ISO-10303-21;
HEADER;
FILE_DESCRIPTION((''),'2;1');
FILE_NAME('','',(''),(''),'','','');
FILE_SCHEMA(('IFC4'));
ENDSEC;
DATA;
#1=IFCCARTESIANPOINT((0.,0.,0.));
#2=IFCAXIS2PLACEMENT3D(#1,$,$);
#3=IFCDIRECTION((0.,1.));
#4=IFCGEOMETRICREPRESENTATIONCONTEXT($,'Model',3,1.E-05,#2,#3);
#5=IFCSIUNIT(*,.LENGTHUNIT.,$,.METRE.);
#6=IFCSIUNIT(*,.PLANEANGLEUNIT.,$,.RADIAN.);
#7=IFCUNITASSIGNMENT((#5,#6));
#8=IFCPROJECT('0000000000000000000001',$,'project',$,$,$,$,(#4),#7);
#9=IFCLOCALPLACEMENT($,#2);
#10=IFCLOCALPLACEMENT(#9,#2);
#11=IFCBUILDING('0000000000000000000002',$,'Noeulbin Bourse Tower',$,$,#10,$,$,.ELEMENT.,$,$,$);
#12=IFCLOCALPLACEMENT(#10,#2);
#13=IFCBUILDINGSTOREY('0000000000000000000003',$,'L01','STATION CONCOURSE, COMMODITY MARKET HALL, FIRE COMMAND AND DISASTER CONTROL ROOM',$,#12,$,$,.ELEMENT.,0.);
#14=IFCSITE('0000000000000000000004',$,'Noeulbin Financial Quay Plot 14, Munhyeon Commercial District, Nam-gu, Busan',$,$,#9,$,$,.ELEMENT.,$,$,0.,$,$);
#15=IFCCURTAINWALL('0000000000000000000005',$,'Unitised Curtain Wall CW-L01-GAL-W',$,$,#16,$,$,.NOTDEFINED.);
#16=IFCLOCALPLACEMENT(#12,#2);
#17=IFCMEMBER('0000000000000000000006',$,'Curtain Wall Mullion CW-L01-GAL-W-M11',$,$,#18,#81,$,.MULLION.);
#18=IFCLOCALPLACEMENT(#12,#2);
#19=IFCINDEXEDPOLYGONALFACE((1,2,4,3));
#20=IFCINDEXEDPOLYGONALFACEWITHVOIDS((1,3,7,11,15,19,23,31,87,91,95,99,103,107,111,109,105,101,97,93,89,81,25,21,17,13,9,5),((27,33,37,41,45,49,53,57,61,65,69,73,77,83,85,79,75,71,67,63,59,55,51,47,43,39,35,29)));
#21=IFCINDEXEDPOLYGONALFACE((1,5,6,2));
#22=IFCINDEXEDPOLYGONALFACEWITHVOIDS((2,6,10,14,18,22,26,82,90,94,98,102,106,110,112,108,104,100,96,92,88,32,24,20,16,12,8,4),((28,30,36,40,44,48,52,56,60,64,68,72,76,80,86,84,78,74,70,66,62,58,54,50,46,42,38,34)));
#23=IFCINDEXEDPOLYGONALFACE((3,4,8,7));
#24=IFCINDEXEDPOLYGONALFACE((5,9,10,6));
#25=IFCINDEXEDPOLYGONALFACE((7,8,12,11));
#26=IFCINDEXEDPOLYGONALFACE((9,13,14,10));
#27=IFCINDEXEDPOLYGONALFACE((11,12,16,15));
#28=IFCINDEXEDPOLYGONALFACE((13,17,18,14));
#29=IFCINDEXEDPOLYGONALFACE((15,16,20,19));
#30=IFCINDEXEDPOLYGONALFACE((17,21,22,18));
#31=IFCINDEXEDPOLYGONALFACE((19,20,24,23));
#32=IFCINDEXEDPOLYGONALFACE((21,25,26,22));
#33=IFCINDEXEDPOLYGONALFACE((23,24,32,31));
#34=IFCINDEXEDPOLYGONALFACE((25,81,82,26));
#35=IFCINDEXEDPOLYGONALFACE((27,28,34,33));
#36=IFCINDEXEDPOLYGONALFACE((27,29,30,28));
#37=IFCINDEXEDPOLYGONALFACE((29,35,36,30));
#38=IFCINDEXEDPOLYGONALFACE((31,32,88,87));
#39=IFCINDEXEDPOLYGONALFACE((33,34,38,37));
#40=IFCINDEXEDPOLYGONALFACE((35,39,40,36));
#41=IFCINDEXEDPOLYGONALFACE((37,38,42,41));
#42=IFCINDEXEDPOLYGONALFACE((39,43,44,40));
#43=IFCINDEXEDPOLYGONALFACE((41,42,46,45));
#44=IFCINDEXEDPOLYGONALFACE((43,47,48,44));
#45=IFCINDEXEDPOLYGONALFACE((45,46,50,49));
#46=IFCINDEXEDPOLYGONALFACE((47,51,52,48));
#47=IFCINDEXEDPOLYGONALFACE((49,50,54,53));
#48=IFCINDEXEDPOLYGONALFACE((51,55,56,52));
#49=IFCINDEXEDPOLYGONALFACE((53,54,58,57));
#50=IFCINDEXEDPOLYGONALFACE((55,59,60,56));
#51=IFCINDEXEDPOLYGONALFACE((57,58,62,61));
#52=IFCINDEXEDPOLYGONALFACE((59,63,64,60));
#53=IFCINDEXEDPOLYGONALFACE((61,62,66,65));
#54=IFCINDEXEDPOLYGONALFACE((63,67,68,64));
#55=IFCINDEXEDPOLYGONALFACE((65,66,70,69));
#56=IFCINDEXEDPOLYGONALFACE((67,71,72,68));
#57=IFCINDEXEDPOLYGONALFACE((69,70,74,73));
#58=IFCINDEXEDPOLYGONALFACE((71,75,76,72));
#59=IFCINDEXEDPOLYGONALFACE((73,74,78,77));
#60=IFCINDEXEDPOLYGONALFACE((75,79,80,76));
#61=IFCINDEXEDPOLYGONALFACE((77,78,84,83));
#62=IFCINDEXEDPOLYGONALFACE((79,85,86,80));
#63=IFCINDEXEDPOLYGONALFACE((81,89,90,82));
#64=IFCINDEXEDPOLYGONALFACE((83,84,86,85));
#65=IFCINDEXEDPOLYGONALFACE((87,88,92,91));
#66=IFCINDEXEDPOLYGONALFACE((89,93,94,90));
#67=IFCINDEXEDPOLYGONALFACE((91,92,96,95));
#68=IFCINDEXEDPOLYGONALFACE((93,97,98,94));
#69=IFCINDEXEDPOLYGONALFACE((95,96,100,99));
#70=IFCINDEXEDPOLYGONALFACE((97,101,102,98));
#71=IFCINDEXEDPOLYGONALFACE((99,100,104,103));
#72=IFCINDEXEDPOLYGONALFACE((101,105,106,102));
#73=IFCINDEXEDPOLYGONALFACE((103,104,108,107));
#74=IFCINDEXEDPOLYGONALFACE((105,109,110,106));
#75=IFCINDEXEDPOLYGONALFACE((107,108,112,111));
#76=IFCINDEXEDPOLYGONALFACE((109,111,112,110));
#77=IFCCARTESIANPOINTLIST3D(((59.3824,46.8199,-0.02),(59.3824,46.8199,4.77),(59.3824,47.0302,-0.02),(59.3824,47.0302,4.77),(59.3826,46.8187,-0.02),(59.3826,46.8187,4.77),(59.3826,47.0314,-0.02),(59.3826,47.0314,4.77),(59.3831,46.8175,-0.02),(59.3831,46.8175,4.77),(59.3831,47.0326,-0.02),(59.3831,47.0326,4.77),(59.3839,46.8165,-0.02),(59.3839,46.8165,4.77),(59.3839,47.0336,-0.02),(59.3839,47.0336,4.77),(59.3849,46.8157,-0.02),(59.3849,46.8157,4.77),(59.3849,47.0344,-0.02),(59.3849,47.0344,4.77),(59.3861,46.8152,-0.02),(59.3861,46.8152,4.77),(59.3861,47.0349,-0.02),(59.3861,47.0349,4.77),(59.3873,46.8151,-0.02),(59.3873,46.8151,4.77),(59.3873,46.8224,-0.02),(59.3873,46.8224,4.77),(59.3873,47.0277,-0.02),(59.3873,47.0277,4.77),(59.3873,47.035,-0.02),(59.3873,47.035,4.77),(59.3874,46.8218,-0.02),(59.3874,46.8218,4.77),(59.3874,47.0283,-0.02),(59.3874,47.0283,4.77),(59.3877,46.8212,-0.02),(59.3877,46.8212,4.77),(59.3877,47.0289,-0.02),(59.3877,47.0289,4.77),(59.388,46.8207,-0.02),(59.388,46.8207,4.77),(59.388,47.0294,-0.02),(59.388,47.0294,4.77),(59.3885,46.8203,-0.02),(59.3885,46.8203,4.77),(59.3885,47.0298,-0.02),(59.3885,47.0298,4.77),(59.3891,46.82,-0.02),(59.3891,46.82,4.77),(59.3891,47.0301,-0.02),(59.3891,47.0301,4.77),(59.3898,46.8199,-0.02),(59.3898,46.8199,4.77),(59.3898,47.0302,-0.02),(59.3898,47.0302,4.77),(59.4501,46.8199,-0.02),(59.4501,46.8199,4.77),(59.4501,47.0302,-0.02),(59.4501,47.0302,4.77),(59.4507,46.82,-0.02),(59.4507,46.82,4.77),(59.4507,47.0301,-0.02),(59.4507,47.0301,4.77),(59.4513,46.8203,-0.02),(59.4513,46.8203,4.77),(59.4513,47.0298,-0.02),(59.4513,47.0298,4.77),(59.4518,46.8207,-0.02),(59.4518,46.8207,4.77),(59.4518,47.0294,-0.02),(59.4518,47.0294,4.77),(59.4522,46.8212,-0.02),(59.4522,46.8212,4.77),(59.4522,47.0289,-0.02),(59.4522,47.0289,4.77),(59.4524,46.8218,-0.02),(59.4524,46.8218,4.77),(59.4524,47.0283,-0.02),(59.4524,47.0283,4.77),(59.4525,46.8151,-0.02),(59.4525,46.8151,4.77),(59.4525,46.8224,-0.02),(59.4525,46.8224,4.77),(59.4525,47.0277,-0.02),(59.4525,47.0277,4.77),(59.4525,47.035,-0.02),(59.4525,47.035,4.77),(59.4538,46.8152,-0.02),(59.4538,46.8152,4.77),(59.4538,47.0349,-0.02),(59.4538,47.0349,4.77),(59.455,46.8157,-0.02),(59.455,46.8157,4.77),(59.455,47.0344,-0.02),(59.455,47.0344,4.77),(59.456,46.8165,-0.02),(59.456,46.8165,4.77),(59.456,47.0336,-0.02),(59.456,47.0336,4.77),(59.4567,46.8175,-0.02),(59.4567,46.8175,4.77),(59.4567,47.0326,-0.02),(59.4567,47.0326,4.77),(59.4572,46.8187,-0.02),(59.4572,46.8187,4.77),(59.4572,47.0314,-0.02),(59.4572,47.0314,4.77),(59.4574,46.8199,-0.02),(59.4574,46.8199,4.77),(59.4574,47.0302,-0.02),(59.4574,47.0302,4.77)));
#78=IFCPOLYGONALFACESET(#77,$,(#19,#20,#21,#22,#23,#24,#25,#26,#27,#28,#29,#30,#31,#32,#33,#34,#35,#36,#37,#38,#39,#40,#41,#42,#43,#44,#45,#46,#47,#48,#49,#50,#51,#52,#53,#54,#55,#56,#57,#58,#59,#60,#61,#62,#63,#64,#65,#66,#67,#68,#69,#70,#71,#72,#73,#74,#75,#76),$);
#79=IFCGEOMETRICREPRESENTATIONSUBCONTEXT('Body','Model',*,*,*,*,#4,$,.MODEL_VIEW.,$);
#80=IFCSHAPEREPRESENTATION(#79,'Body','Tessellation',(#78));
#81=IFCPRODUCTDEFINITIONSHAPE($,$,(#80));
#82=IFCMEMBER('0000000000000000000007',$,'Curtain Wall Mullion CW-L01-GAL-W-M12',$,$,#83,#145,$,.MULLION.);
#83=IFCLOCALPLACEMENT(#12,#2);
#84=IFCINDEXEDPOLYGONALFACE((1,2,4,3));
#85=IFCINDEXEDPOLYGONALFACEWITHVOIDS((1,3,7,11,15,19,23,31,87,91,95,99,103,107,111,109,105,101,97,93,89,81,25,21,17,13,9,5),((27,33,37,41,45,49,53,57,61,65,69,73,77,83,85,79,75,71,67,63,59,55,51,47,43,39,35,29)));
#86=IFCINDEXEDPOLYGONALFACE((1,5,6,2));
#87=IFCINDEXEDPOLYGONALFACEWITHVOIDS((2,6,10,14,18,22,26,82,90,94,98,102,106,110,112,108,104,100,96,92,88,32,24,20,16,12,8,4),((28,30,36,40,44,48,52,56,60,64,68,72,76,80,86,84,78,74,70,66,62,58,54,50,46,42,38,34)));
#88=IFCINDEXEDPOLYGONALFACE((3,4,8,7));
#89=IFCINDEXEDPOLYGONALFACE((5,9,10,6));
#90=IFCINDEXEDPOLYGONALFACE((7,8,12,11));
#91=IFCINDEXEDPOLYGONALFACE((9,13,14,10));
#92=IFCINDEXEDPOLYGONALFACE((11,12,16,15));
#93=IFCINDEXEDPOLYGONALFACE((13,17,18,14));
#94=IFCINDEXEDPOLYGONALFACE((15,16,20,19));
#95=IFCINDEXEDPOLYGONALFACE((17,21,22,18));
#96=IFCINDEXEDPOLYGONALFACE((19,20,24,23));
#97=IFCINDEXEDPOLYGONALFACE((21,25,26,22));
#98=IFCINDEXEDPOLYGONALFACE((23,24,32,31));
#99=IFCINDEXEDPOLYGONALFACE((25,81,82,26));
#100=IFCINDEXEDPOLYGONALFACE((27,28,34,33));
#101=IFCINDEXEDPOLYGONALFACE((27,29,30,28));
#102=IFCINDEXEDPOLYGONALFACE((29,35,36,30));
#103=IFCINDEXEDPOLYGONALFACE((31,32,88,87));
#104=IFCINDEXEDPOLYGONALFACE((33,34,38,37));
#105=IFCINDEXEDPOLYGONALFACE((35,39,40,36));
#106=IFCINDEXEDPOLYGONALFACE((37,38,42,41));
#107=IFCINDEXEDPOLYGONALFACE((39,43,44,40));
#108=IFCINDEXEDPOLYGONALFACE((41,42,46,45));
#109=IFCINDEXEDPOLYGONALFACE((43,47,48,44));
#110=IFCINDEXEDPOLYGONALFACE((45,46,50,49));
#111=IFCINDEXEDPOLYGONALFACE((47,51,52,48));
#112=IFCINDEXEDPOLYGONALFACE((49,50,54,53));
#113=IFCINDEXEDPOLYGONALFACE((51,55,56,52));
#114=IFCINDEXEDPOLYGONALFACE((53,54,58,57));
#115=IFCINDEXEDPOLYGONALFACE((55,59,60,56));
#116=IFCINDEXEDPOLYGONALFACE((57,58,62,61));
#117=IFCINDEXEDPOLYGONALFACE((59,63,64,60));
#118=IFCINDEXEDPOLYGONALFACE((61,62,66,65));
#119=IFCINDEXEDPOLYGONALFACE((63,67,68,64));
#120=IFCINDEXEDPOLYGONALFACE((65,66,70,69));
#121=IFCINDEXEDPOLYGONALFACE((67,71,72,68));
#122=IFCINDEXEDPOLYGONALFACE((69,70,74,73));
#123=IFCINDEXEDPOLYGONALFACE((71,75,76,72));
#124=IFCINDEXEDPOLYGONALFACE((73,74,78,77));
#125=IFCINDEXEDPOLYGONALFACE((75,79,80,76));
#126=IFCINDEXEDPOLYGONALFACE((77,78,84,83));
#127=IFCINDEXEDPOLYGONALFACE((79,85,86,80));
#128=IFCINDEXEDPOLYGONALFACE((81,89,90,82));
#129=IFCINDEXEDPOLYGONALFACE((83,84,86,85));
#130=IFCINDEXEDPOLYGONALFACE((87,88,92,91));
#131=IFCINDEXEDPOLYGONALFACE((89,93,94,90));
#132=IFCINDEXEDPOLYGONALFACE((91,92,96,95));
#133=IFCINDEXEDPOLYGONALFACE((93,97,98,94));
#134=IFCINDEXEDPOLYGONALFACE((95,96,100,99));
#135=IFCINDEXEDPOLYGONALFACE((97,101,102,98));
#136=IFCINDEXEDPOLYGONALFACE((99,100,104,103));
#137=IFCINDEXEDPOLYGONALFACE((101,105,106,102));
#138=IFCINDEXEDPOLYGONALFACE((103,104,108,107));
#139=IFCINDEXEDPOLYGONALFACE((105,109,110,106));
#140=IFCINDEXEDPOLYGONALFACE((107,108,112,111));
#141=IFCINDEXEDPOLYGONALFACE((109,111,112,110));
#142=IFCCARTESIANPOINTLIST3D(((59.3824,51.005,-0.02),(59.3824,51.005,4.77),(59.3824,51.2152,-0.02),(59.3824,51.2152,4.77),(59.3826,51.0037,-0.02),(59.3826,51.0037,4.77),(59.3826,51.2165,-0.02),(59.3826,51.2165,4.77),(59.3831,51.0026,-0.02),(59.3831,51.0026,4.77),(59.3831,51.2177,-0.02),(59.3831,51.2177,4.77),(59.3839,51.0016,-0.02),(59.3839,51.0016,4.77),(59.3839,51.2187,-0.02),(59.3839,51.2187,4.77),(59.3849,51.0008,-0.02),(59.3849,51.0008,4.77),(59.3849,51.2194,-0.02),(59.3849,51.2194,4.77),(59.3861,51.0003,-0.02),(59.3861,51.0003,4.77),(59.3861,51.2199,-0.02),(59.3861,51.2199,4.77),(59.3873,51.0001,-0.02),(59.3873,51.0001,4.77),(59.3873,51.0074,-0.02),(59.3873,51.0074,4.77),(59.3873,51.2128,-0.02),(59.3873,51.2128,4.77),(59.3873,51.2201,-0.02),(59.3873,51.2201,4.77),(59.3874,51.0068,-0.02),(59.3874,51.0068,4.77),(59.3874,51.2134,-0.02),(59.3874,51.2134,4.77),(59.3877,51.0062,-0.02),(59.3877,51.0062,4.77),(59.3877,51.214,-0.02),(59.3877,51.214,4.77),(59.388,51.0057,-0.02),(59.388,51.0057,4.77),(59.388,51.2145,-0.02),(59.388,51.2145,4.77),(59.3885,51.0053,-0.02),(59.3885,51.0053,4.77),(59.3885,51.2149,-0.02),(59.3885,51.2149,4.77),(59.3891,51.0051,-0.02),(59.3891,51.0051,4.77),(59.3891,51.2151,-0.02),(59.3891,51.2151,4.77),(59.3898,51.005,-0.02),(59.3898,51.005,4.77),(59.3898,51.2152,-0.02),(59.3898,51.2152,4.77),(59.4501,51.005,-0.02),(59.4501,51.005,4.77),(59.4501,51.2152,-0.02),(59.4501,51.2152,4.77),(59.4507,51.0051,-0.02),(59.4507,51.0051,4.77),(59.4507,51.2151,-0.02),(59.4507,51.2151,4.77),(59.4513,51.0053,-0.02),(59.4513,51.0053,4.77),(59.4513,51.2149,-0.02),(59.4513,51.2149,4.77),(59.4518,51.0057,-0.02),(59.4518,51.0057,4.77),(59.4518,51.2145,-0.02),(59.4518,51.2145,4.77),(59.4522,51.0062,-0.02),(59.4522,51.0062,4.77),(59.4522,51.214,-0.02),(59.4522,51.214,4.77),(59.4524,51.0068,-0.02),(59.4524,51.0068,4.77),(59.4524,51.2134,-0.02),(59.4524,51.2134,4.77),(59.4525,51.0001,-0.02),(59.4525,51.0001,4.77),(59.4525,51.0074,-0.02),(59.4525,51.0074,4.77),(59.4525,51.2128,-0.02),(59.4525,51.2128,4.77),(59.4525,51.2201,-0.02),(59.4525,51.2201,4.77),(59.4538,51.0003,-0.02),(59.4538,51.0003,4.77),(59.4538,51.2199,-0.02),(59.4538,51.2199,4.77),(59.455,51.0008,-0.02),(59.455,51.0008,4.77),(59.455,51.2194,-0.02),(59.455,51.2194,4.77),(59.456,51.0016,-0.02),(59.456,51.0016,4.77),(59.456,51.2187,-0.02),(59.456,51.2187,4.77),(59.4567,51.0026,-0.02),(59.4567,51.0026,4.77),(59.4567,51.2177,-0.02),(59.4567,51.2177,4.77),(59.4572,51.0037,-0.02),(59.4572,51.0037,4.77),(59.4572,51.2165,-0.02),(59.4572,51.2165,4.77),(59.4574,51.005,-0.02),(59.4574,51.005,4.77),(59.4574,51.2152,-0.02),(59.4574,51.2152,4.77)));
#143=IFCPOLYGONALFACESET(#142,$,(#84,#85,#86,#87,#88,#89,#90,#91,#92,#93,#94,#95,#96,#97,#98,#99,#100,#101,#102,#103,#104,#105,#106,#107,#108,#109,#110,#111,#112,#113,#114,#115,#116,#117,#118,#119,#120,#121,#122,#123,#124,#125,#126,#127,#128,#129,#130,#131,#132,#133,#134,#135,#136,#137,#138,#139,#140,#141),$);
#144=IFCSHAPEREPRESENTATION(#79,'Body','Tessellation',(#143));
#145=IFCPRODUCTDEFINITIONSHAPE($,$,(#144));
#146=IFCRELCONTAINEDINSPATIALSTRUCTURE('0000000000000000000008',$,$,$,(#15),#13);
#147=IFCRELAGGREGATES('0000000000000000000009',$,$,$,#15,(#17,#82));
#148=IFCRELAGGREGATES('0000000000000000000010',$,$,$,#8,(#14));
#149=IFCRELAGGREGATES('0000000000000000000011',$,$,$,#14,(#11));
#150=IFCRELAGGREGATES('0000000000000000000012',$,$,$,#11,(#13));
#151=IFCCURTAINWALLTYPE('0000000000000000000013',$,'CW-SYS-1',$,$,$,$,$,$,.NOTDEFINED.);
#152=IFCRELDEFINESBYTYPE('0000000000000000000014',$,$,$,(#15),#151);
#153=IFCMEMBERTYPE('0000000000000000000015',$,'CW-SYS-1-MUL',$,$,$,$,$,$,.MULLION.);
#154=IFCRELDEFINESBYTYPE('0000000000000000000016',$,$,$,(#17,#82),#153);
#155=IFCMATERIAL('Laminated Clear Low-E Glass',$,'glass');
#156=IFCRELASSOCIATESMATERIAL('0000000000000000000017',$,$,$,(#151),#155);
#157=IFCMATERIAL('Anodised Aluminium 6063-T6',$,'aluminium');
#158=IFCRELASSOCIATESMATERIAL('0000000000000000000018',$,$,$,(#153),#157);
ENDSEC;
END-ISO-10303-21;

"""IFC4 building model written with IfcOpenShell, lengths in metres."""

from ifc_helpers import new_model, si_unit, direction, frame, origin, origin_2d, place, context, subcontext, project, spatial, hollow_rectangle, extrude, material, material_profile, profile_set, type_object, element, aggregate, save


model = new_model("IFC4")

# Units and contexts
model_context = context("Model", 3, precision=1e-05, world=origin(), true_north=direction((0.0, 1.0)))
body_context = subcontext(model_context, "Body", "Model", "MODEL_VIEW")
ifc_project = project(units=[si_unit("LENGTHUNIT", "METRE"), si_unit("PLANEANGLEUNIT", "RADIAN")], contexts=[model_context])

# Site, building, storey
site_placement = place(None, origin())
site = spatial("IfcSite", under=ifc_project, at=site_placement, Name="Noeulbin Financial Quay Plot 14, Munhyeon Commercial District, Nam-gu, Busan", CompositionType="ELEMENT", RefElevation=0.0)
building_placement = place(site_placement, origin())
building = spatial("IfcBuilding", under=site, at=building_placement, Name="Noeulbin Bourse Tower", CompositionType="ELEMENT")
storey_placement = place(building_placement, origin())
storey = spatial("IfcBuildingStorey", under=building, at=storey_placement, Name="L01", Description="STATION CONCOURSE, COMMODITY MARKET HALL, FIRE COMMAND AND DISASTER CONTROL ROOM", CompositionType="ELEMENT", Elevation=0.0)

# Curtain wall, members
ifc_material_1 = material(Name="Laminated Clear Low-E Glass", Category="glass")
curtain_wall_type = type_object("IfcCurtainWallType", Name="CW-SYS-1", PredefinedType="NOTDEFINED", material=ifc_material_1)
curtain_wall_1_placement = place(storey_placement, origin())
curtain_wall_1 = element("IfcCurtainWall", 1, at=curtain_wall_1_placement, inside=storey, type_object=curtain_wall_type, Name="Unitised Curtain Wall CW-L01-GAL-W", PredefinedType="NOTDEFINED")
ifc_material_2 = material(Name="Anodised Aluminium 6063-T6", Category="aluminium")
ifc_material_profile_1 = material_profile(ifc_material_2, hollow_rectangle(XDim=0.075, YDim=0.22, WallThickness=0.0049, InnerFilletRadius=0.0024, OuterFilletRadius=0.0049, at=origin_2d()), Name="ALU-MULL-75x220x5", Category="LoadBearing")
ifc_profile_set_1 = profile_set([ifc_material_profile_1], Name="Anodised Aluminium 6063-T6")
member_type_1 = type_object("IfcMemberType", Name="CW-SYS-1-MUL", PredefinedType="MULLION", material=ifc_profile_set_1)
member_1_placement = place(storey_placement, frame((59.4199, 46.925, -0.02), z_axis=(0.0, 0.0, 1.0), x_axis=(1.0, 0.0, 0.0)))
member_1 = element("IfcMember", 2, at=member_1_placement, type_object=member_type_1, Name="Curtain Wall Mullion CW-L01-GAL-W-M11", PredefinedType="MULLION", context=body_context, shape_type="SweptSolid", body=[
    extrude(hollow_rectangle(XDim=0.075, YDim=0.22, WallThickness=0.0049, InnerFilletRadius=0.0024, OuterFilletRadius=0.0049, at=origin_2d()), origin(), (0.0, 0.0, 1.0), 4.79),
])
member_2_placement = place(storey_placement, frame((59.4199, 51.1101, -0.02), z_axis=(0.0, 0.0, 1.0), x_axis=(1.0, 0.0, 0.0)))
member_2 = element("IfcMember", 3, at=member_2_placement, type_object=member_type_1, Name="Curtain Wall Mullion CW-L01-GAL-W-M12", PredefinedType="MULLION", context=body_context, shape_type="SweptSolid", body=[
    extrude(hollow_rectangle(XDim=0.075, YDim=0.22, WallThickness=0.0049, InnerFilletRadius=0.0024, OuterFilletRadius=0.0049, at=origin_2d()), origin(), (0.0, 0.0, 1.0), 4.79),
])

aggregate(curtain_wall_1, [member_1, member_2])

save(model, "model.ifc")
